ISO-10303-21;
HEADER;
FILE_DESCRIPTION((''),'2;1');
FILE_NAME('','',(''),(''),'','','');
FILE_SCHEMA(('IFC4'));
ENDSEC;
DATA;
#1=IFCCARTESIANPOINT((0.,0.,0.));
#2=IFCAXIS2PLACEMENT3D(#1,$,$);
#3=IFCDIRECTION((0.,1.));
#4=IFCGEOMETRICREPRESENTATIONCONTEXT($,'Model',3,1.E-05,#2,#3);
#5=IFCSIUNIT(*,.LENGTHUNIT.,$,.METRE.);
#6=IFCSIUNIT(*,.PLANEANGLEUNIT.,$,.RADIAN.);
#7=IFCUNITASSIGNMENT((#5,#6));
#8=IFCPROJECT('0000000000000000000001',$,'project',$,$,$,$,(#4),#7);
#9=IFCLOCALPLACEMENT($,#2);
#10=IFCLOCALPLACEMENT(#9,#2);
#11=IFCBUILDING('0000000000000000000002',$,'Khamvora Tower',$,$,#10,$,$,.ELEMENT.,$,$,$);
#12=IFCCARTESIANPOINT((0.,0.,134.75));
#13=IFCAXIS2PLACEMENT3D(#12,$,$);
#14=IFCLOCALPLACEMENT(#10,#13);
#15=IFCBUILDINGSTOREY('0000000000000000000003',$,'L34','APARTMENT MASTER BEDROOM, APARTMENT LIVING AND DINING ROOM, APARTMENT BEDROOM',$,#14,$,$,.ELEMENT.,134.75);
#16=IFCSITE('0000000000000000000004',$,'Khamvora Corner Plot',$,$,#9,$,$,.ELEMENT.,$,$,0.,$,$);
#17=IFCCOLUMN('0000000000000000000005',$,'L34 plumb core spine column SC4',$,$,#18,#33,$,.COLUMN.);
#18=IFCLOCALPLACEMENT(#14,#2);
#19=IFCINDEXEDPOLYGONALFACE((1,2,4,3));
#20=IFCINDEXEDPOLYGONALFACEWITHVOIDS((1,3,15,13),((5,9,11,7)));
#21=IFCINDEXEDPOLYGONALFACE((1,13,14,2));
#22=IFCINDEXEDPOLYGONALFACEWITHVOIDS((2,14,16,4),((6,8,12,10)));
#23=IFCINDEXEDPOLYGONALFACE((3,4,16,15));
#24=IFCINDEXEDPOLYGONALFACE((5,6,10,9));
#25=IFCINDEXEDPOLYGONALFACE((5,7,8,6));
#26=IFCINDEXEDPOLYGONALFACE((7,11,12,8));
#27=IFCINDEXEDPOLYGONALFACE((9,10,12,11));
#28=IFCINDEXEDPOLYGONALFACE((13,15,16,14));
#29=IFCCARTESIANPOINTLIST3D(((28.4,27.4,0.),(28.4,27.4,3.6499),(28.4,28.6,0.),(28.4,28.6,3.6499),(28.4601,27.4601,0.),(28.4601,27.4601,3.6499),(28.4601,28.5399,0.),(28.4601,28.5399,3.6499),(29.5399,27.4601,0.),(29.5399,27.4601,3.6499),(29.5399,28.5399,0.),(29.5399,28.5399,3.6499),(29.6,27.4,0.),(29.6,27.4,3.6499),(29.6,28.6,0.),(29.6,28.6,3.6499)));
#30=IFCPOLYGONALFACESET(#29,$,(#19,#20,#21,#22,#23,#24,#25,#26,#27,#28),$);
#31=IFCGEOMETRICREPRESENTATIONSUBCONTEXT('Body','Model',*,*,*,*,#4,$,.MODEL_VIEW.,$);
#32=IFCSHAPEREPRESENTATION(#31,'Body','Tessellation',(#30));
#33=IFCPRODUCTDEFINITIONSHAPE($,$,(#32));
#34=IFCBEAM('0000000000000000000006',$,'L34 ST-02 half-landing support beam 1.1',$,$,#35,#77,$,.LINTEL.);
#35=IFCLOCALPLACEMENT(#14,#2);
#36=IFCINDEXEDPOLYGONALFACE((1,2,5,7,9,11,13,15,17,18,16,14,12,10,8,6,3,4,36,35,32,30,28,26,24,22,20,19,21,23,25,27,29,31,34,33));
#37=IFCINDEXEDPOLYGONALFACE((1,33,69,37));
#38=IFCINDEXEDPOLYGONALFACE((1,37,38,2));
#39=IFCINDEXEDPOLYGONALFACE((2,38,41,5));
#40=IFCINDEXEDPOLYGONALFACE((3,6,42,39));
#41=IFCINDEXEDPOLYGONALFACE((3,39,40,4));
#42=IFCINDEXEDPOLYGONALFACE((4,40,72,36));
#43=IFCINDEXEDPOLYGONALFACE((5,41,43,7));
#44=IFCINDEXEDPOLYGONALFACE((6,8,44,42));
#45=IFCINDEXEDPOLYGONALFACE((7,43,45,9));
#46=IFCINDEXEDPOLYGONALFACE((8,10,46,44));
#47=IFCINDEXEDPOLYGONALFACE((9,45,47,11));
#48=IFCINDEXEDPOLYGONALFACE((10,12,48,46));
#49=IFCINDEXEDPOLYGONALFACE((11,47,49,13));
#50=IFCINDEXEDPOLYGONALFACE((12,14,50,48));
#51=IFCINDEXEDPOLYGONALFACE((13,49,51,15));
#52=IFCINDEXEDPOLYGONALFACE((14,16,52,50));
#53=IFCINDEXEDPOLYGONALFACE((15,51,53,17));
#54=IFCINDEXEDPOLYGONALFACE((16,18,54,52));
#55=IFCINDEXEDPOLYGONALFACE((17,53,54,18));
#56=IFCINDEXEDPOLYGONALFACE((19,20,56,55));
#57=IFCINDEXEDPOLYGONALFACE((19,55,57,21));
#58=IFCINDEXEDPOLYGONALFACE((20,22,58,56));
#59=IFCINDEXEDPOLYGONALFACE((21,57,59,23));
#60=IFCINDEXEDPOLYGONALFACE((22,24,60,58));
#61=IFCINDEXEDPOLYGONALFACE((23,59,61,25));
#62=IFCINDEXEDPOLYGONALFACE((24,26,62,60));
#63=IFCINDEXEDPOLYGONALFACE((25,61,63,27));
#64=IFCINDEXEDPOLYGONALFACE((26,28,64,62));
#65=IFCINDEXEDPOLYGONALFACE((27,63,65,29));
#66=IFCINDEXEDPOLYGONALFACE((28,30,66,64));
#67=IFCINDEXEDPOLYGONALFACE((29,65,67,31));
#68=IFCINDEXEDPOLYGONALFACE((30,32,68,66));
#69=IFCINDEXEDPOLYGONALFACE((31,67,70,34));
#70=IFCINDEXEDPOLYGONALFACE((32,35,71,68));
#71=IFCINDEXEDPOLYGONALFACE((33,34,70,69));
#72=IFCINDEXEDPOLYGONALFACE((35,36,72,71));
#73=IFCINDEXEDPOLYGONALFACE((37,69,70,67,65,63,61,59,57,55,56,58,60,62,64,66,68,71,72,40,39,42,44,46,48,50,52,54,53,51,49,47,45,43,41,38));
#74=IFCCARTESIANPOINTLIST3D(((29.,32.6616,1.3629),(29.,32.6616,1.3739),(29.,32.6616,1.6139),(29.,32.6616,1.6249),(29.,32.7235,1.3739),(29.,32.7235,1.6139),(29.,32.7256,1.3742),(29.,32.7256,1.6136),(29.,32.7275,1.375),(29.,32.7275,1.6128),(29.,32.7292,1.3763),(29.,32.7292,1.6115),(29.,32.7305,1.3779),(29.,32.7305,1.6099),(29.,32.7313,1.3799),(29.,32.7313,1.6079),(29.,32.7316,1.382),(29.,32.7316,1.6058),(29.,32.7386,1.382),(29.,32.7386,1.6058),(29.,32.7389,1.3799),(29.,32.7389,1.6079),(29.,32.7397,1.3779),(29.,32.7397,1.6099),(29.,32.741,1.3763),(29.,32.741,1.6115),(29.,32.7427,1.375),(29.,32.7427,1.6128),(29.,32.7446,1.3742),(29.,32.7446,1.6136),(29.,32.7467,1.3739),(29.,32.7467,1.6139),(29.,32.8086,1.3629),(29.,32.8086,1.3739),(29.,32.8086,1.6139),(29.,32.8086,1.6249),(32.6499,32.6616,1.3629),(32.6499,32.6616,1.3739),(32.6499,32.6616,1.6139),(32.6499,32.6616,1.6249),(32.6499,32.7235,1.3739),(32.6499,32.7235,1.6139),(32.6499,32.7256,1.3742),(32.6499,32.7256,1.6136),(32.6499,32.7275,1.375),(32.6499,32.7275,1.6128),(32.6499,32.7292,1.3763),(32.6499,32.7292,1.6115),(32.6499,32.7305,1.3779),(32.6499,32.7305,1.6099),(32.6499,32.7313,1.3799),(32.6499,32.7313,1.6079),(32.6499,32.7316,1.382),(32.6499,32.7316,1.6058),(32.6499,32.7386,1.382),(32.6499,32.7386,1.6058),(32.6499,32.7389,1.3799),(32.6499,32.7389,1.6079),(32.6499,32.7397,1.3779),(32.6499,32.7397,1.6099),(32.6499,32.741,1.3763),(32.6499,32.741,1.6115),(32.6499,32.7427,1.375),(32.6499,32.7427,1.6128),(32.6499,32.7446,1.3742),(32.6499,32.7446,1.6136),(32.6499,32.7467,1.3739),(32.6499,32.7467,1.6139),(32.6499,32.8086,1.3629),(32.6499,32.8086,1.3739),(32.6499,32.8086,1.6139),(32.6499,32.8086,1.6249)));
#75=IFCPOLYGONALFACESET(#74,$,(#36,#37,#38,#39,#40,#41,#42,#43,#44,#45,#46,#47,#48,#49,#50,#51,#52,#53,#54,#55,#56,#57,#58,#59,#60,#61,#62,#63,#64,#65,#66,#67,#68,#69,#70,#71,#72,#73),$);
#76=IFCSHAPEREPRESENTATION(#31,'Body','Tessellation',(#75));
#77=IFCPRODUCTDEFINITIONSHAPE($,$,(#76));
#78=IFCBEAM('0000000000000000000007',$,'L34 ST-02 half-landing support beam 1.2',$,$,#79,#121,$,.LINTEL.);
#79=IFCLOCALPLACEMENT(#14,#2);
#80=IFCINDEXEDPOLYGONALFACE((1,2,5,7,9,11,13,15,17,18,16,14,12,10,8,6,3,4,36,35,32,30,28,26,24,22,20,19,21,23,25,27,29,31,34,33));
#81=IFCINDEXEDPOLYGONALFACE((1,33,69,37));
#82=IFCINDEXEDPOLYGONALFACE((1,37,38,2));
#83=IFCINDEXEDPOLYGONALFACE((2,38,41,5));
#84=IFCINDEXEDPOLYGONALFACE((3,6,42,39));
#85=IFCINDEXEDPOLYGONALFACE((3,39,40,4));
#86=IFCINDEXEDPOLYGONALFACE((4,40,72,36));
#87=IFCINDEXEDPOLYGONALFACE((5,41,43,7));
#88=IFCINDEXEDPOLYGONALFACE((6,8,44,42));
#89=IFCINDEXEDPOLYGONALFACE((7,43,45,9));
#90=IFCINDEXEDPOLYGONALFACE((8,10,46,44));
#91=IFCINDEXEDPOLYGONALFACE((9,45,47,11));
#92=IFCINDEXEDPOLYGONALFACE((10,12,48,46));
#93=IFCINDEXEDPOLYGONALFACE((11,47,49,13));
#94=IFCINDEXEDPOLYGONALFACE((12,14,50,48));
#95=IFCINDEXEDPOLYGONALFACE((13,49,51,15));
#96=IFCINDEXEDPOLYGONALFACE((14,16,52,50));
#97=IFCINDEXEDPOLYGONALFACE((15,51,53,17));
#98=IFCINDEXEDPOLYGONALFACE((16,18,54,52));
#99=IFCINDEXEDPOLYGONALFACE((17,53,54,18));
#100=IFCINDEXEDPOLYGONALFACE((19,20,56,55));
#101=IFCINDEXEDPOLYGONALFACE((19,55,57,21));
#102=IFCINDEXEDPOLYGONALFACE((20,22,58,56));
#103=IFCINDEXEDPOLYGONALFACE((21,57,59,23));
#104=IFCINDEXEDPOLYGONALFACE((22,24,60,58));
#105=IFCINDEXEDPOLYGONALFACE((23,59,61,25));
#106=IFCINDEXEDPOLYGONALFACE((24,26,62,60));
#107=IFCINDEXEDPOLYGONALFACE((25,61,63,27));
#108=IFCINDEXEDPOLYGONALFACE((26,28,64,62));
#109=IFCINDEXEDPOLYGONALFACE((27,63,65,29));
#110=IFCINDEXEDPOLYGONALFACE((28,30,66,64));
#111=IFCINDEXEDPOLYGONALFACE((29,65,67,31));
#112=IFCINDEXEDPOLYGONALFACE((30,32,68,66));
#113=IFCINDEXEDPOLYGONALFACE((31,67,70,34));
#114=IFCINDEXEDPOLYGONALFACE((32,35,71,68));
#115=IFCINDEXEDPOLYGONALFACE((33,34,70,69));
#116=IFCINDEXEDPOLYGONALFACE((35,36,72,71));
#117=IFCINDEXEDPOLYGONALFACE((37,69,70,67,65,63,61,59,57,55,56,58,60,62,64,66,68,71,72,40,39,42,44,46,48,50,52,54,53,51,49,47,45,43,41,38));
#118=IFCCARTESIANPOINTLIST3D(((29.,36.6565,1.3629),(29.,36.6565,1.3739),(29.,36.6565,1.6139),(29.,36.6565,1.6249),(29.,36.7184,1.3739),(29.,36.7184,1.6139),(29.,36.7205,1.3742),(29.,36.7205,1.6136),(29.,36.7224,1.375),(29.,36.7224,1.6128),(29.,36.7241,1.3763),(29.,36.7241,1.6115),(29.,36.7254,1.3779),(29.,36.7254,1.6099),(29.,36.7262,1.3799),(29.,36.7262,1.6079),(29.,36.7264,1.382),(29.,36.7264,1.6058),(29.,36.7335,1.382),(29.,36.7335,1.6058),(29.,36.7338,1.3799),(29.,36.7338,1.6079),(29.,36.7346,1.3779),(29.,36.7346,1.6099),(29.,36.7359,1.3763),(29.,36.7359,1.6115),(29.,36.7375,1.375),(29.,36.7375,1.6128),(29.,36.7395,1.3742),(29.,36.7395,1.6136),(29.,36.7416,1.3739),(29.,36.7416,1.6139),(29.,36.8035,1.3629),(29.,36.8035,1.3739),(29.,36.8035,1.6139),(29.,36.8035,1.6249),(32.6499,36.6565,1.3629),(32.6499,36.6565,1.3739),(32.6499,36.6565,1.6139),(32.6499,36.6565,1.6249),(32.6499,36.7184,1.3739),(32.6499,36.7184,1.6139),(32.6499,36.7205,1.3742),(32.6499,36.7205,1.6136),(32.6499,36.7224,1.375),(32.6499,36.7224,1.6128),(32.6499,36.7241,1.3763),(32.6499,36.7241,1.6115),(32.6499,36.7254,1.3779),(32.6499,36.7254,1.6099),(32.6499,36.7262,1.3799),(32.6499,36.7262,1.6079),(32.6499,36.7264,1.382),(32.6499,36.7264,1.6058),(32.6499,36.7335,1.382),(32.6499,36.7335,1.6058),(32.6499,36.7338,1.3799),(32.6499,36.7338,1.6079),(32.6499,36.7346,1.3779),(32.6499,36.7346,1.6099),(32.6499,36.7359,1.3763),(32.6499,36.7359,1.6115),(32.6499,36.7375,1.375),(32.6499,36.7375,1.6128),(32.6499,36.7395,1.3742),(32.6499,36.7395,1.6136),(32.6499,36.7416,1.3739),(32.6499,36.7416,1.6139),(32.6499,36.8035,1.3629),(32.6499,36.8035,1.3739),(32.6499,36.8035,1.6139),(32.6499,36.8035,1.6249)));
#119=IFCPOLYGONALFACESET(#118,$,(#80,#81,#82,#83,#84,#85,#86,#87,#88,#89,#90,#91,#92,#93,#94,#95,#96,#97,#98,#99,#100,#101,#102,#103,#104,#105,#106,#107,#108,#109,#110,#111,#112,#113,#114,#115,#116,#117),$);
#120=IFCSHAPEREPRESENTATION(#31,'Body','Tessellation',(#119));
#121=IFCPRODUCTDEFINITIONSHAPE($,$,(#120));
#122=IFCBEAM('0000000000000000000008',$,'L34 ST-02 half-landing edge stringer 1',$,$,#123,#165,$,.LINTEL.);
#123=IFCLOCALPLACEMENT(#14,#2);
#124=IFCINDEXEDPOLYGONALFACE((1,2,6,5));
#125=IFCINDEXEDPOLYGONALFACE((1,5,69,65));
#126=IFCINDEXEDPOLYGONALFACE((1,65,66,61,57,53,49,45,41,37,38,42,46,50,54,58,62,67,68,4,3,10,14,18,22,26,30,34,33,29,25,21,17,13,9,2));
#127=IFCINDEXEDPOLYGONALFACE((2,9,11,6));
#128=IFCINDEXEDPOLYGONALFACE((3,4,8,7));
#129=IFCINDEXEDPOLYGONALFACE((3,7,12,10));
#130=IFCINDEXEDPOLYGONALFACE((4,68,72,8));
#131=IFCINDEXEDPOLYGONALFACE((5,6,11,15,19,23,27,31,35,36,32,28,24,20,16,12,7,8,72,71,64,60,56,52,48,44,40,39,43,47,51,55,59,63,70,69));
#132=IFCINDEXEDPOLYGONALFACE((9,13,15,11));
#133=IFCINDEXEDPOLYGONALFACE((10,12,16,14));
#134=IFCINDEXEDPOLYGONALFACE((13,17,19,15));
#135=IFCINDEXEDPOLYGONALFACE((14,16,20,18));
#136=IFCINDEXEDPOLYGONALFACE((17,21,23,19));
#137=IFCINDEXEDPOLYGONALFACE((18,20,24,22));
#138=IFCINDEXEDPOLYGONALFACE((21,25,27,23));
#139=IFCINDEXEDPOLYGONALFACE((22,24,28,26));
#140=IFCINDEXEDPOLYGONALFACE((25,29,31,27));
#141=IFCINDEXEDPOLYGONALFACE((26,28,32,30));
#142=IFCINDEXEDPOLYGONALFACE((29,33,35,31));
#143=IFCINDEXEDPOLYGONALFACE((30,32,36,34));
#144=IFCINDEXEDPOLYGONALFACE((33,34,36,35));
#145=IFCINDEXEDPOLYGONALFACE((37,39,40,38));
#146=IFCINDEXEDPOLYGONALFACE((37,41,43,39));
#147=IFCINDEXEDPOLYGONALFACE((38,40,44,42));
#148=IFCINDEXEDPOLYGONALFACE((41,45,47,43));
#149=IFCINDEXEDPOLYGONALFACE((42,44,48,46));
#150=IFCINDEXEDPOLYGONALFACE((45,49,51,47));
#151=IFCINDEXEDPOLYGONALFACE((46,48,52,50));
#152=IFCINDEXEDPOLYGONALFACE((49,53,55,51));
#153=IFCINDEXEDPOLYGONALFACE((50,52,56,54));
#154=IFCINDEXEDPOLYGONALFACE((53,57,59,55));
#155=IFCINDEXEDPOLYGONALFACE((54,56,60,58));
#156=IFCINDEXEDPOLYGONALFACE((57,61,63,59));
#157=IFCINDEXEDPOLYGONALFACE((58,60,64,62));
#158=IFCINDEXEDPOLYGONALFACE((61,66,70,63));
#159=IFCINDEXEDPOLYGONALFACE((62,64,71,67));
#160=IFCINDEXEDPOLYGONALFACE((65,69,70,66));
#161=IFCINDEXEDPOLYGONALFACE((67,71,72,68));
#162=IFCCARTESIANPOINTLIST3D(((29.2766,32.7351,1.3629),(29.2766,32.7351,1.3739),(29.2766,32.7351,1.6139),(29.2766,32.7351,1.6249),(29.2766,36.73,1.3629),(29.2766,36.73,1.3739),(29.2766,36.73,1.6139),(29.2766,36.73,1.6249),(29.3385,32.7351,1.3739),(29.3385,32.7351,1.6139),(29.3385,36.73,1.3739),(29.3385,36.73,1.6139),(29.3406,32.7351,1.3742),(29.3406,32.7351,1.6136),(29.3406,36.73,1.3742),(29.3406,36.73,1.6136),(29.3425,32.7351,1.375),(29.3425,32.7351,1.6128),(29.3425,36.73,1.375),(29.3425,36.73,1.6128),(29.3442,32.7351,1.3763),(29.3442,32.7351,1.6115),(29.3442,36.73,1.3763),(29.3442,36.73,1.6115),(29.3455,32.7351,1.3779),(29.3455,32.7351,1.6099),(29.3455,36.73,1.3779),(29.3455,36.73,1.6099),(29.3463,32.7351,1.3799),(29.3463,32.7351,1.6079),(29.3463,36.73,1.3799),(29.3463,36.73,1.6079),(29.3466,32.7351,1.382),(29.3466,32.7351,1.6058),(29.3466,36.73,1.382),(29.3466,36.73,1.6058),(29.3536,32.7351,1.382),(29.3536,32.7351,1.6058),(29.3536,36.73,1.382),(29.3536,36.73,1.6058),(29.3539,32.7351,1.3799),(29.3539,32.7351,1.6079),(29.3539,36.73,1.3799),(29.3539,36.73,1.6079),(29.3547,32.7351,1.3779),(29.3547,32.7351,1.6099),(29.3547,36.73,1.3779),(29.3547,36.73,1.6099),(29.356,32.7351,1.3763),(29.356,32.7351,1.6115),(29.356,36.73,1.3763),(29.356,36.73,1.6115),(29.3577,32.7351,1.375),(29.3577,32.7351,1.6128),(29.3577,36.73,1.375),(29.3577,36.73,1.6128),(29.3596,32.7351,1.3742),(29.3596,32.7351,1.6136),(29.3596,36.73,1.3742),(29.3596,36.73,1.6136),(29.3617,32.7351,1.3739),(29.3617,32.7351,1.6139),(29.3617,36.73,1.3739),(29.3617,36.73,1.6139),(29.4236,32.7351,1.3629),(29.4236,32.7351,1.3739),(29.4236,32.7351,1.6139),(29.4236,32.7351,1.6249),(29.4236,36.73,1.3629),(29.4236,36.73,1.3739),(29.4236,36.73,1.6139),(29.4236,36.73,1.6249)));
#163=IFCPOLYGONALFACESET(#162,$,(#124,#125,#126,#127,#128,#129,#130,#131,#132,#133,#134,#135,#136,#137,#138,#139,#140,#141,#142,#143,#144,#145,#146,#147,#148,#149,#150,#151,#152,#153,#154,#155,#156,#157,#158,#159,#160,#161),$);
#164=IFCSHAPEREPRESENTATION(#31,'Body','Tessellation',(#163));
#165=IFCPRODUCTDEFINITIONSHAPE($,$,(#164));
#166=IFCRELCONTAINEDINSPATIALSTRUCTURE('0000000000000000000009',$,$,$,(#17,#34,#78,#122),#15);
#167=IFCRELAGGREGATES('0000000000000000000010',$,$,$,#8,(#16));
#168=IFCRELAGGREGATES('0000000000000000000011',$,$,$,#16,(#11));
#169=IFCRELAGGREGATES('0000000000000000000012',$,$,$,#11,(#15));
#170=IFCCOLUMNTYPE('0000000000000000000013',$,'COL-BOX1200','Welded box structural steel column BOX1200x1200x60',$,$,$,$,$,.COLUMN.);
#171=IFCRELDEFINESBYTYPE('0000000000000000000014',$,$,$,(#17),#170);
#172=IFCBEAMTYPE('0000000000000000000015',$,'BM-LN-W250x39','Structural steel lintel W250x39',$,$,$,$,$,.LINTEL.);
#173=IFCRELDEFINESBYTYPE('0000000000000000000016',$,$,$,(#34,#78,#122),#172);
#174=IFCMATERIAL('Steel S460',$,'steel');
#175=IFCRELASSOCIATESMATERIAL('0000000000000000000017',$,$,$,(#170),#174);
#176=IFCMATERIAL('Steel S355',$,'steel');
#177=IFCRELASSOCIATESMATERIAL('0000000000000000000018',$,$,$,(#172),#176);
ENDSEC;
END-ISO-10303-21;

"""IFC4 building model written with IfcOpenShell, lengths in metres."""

from ifc_helpers import new_model, si_unit, direction, frame, origin, origin_2d, place, context, subcontext, project, spatial, hollow_rectangle, i_section, extrude, material, material_profile, profile_set, type_object, element, save


model = new_model("IFC4")

# Units and contexts
model_context = context("Model", 3, precision=1e-05, world=origin(), true_north=direction((0.0, 1.0)))
body_context = subcontext(model_context, "Body", "Model", "MODEL_VIEW")
ifc_project = project(units=[si_unit("LENGTHUNIT", "METRE"), si_unit("PLANEANGLEUNIT", "RADIAN")], contexts=[model_context])

# Site, building, storey
site_placement = place(None, origin())
site = spatial("IfcSite", under=ifc_project, at=site_placement, Name="Khamvora Corner Plot", CompositionType="ELEMENT", RefElevation=0.0)
building_placement = place(site_placement, origin())
building = spatial("IfcBuilding", under=site, at=building_placement, Name="Khamvora Tower", CompositionType="ELEMENT")
storey_placement = place(building_placement, frame((0.0, 0.0, 134.75)))
storey = spatial("IfcBuildingStorey", under=building, at=storey_placement, Name="L34", Description="APARTMENT MASTER BEDROOM, APARTMENT LIVING AND DINING ROOM, APARTMENT BEDROOM", CompositionType="ELEMENT", Elevation=134.75)

# Column
ifc_material_1 = material(Name="Steel S460", Category="steel")
ifc_material_profile_1 = material_profile(ifc_material_1, hollow_rectangle(XDim=1.2, YDim=1.2, WallThickness=0.0601, at=origin_2d()), Name="BOX1200x1200x60")
ifc_profile_set_1 = profile_set([ifc_material_profile_1], Name="Steel S460")
column_type = type_object("IfcColumnType", Name="COL-BOX1200", Description="Welded box structural steel column BOX1200x1200x60", PredefinedType="COLUMN", material=ifc_profile_set_1)
column_placement = place(storey_placement, frame((29.0, 28.0, 0.0), z_axis=(0.0, 0.0, 1.0), x_axis=(1.0, 0.0, 0.0)))
element("IfcColumn", 1, at=column_placement, inside=storey, type_object=column_type, Name="L34 plumb core spine column SC4", PredefinedType="COLUMN", context=body_context, shape_type="SweptSolid", body=[
    extrude(hollow_rectangle(XDim=1.2, YDim=1.2, WallThickness=0.0601, at=origin_2d()), origin(), (0.0, 0.0, 1.0), 3.6499),
])

# Beams
ifc_material_2 = material(Name="Steel S355", Category="steel")
ifc_material_profile_2 = material_profile(ifc_material_2, i_section(OverallWidth=0.147, OverallDepth=0.262, WebThickness=0.0071, FlangeThickness=0.011, FilletRadius=0.0081, at=origin_2d()), Name="W250x39")
ifc_profile_set_2 = profile_set([ifc_material_profile_2], Name="Steel S355")
beam_type = type_object("IfcBeamType", Name="BM-LN-W250x39", Description="Structural steel lintel W250x39", PredefinedType="LINTEL", material=ifc_profile_set_2)
for number, where, z_axis, x_axis, name in (
    (2, (29.0, 32.7351, 1.4939), (1.0, 0.0, 0.0), (0.0, 1.0, 0.0), "L34 ST-02 half-landing support beam 1.1"),
    (3, (29.0, 36.73, 1.4939), (1.0, 0.0, 0.0), (0.0, 1.0, 0.0), "L34 ST-02 half-landing support beam 1.2"),
):
    element("IfcBeam", number, at=place(storey_placement, frame(where, z_axis=z_axis, x_axis=x_axis)), inside=storey, type_object=beam_type, Name=name, PredefinedType="LINTEL", context=body_context, shape_type="SweptSolid", body=[
        extrude(i_section(OverallWidth=0.147, OverallDepth=0.262, WebThickness=0.0071, FlangeThickness=0.011, FilletRadius=0.0081, at=origin_2d()), origin(), (0.0, 0.0, 1.0), 3.6499),
    ])
beam_1_placement = place(storey_placement, frame((29.3501, 32.7351, 1.4939), z_axis=(0.0, 1.0, 0.0), x_axis=(-1.0, 0.0, 0.0)))
element("IfcBeam", 4, at=beam_1_placement, inside=storey, type_object=beam_type, Name="L34 ST-02 half-landing edge stringer 1", PredefinedType="LINTEL", context=body_context, shape_type="SweptSolid", body=[
    extrude(i_section(OverallWidth=0.147, OverallDepth=0.262, WebThickness=0.0071, FlangeThickness=0.011, FilletRadius=0.0081, at=origin_2d()), origin(), (0.0, 0.0, 1.0), 3.9949),
])

save(model, "model.ifc")
